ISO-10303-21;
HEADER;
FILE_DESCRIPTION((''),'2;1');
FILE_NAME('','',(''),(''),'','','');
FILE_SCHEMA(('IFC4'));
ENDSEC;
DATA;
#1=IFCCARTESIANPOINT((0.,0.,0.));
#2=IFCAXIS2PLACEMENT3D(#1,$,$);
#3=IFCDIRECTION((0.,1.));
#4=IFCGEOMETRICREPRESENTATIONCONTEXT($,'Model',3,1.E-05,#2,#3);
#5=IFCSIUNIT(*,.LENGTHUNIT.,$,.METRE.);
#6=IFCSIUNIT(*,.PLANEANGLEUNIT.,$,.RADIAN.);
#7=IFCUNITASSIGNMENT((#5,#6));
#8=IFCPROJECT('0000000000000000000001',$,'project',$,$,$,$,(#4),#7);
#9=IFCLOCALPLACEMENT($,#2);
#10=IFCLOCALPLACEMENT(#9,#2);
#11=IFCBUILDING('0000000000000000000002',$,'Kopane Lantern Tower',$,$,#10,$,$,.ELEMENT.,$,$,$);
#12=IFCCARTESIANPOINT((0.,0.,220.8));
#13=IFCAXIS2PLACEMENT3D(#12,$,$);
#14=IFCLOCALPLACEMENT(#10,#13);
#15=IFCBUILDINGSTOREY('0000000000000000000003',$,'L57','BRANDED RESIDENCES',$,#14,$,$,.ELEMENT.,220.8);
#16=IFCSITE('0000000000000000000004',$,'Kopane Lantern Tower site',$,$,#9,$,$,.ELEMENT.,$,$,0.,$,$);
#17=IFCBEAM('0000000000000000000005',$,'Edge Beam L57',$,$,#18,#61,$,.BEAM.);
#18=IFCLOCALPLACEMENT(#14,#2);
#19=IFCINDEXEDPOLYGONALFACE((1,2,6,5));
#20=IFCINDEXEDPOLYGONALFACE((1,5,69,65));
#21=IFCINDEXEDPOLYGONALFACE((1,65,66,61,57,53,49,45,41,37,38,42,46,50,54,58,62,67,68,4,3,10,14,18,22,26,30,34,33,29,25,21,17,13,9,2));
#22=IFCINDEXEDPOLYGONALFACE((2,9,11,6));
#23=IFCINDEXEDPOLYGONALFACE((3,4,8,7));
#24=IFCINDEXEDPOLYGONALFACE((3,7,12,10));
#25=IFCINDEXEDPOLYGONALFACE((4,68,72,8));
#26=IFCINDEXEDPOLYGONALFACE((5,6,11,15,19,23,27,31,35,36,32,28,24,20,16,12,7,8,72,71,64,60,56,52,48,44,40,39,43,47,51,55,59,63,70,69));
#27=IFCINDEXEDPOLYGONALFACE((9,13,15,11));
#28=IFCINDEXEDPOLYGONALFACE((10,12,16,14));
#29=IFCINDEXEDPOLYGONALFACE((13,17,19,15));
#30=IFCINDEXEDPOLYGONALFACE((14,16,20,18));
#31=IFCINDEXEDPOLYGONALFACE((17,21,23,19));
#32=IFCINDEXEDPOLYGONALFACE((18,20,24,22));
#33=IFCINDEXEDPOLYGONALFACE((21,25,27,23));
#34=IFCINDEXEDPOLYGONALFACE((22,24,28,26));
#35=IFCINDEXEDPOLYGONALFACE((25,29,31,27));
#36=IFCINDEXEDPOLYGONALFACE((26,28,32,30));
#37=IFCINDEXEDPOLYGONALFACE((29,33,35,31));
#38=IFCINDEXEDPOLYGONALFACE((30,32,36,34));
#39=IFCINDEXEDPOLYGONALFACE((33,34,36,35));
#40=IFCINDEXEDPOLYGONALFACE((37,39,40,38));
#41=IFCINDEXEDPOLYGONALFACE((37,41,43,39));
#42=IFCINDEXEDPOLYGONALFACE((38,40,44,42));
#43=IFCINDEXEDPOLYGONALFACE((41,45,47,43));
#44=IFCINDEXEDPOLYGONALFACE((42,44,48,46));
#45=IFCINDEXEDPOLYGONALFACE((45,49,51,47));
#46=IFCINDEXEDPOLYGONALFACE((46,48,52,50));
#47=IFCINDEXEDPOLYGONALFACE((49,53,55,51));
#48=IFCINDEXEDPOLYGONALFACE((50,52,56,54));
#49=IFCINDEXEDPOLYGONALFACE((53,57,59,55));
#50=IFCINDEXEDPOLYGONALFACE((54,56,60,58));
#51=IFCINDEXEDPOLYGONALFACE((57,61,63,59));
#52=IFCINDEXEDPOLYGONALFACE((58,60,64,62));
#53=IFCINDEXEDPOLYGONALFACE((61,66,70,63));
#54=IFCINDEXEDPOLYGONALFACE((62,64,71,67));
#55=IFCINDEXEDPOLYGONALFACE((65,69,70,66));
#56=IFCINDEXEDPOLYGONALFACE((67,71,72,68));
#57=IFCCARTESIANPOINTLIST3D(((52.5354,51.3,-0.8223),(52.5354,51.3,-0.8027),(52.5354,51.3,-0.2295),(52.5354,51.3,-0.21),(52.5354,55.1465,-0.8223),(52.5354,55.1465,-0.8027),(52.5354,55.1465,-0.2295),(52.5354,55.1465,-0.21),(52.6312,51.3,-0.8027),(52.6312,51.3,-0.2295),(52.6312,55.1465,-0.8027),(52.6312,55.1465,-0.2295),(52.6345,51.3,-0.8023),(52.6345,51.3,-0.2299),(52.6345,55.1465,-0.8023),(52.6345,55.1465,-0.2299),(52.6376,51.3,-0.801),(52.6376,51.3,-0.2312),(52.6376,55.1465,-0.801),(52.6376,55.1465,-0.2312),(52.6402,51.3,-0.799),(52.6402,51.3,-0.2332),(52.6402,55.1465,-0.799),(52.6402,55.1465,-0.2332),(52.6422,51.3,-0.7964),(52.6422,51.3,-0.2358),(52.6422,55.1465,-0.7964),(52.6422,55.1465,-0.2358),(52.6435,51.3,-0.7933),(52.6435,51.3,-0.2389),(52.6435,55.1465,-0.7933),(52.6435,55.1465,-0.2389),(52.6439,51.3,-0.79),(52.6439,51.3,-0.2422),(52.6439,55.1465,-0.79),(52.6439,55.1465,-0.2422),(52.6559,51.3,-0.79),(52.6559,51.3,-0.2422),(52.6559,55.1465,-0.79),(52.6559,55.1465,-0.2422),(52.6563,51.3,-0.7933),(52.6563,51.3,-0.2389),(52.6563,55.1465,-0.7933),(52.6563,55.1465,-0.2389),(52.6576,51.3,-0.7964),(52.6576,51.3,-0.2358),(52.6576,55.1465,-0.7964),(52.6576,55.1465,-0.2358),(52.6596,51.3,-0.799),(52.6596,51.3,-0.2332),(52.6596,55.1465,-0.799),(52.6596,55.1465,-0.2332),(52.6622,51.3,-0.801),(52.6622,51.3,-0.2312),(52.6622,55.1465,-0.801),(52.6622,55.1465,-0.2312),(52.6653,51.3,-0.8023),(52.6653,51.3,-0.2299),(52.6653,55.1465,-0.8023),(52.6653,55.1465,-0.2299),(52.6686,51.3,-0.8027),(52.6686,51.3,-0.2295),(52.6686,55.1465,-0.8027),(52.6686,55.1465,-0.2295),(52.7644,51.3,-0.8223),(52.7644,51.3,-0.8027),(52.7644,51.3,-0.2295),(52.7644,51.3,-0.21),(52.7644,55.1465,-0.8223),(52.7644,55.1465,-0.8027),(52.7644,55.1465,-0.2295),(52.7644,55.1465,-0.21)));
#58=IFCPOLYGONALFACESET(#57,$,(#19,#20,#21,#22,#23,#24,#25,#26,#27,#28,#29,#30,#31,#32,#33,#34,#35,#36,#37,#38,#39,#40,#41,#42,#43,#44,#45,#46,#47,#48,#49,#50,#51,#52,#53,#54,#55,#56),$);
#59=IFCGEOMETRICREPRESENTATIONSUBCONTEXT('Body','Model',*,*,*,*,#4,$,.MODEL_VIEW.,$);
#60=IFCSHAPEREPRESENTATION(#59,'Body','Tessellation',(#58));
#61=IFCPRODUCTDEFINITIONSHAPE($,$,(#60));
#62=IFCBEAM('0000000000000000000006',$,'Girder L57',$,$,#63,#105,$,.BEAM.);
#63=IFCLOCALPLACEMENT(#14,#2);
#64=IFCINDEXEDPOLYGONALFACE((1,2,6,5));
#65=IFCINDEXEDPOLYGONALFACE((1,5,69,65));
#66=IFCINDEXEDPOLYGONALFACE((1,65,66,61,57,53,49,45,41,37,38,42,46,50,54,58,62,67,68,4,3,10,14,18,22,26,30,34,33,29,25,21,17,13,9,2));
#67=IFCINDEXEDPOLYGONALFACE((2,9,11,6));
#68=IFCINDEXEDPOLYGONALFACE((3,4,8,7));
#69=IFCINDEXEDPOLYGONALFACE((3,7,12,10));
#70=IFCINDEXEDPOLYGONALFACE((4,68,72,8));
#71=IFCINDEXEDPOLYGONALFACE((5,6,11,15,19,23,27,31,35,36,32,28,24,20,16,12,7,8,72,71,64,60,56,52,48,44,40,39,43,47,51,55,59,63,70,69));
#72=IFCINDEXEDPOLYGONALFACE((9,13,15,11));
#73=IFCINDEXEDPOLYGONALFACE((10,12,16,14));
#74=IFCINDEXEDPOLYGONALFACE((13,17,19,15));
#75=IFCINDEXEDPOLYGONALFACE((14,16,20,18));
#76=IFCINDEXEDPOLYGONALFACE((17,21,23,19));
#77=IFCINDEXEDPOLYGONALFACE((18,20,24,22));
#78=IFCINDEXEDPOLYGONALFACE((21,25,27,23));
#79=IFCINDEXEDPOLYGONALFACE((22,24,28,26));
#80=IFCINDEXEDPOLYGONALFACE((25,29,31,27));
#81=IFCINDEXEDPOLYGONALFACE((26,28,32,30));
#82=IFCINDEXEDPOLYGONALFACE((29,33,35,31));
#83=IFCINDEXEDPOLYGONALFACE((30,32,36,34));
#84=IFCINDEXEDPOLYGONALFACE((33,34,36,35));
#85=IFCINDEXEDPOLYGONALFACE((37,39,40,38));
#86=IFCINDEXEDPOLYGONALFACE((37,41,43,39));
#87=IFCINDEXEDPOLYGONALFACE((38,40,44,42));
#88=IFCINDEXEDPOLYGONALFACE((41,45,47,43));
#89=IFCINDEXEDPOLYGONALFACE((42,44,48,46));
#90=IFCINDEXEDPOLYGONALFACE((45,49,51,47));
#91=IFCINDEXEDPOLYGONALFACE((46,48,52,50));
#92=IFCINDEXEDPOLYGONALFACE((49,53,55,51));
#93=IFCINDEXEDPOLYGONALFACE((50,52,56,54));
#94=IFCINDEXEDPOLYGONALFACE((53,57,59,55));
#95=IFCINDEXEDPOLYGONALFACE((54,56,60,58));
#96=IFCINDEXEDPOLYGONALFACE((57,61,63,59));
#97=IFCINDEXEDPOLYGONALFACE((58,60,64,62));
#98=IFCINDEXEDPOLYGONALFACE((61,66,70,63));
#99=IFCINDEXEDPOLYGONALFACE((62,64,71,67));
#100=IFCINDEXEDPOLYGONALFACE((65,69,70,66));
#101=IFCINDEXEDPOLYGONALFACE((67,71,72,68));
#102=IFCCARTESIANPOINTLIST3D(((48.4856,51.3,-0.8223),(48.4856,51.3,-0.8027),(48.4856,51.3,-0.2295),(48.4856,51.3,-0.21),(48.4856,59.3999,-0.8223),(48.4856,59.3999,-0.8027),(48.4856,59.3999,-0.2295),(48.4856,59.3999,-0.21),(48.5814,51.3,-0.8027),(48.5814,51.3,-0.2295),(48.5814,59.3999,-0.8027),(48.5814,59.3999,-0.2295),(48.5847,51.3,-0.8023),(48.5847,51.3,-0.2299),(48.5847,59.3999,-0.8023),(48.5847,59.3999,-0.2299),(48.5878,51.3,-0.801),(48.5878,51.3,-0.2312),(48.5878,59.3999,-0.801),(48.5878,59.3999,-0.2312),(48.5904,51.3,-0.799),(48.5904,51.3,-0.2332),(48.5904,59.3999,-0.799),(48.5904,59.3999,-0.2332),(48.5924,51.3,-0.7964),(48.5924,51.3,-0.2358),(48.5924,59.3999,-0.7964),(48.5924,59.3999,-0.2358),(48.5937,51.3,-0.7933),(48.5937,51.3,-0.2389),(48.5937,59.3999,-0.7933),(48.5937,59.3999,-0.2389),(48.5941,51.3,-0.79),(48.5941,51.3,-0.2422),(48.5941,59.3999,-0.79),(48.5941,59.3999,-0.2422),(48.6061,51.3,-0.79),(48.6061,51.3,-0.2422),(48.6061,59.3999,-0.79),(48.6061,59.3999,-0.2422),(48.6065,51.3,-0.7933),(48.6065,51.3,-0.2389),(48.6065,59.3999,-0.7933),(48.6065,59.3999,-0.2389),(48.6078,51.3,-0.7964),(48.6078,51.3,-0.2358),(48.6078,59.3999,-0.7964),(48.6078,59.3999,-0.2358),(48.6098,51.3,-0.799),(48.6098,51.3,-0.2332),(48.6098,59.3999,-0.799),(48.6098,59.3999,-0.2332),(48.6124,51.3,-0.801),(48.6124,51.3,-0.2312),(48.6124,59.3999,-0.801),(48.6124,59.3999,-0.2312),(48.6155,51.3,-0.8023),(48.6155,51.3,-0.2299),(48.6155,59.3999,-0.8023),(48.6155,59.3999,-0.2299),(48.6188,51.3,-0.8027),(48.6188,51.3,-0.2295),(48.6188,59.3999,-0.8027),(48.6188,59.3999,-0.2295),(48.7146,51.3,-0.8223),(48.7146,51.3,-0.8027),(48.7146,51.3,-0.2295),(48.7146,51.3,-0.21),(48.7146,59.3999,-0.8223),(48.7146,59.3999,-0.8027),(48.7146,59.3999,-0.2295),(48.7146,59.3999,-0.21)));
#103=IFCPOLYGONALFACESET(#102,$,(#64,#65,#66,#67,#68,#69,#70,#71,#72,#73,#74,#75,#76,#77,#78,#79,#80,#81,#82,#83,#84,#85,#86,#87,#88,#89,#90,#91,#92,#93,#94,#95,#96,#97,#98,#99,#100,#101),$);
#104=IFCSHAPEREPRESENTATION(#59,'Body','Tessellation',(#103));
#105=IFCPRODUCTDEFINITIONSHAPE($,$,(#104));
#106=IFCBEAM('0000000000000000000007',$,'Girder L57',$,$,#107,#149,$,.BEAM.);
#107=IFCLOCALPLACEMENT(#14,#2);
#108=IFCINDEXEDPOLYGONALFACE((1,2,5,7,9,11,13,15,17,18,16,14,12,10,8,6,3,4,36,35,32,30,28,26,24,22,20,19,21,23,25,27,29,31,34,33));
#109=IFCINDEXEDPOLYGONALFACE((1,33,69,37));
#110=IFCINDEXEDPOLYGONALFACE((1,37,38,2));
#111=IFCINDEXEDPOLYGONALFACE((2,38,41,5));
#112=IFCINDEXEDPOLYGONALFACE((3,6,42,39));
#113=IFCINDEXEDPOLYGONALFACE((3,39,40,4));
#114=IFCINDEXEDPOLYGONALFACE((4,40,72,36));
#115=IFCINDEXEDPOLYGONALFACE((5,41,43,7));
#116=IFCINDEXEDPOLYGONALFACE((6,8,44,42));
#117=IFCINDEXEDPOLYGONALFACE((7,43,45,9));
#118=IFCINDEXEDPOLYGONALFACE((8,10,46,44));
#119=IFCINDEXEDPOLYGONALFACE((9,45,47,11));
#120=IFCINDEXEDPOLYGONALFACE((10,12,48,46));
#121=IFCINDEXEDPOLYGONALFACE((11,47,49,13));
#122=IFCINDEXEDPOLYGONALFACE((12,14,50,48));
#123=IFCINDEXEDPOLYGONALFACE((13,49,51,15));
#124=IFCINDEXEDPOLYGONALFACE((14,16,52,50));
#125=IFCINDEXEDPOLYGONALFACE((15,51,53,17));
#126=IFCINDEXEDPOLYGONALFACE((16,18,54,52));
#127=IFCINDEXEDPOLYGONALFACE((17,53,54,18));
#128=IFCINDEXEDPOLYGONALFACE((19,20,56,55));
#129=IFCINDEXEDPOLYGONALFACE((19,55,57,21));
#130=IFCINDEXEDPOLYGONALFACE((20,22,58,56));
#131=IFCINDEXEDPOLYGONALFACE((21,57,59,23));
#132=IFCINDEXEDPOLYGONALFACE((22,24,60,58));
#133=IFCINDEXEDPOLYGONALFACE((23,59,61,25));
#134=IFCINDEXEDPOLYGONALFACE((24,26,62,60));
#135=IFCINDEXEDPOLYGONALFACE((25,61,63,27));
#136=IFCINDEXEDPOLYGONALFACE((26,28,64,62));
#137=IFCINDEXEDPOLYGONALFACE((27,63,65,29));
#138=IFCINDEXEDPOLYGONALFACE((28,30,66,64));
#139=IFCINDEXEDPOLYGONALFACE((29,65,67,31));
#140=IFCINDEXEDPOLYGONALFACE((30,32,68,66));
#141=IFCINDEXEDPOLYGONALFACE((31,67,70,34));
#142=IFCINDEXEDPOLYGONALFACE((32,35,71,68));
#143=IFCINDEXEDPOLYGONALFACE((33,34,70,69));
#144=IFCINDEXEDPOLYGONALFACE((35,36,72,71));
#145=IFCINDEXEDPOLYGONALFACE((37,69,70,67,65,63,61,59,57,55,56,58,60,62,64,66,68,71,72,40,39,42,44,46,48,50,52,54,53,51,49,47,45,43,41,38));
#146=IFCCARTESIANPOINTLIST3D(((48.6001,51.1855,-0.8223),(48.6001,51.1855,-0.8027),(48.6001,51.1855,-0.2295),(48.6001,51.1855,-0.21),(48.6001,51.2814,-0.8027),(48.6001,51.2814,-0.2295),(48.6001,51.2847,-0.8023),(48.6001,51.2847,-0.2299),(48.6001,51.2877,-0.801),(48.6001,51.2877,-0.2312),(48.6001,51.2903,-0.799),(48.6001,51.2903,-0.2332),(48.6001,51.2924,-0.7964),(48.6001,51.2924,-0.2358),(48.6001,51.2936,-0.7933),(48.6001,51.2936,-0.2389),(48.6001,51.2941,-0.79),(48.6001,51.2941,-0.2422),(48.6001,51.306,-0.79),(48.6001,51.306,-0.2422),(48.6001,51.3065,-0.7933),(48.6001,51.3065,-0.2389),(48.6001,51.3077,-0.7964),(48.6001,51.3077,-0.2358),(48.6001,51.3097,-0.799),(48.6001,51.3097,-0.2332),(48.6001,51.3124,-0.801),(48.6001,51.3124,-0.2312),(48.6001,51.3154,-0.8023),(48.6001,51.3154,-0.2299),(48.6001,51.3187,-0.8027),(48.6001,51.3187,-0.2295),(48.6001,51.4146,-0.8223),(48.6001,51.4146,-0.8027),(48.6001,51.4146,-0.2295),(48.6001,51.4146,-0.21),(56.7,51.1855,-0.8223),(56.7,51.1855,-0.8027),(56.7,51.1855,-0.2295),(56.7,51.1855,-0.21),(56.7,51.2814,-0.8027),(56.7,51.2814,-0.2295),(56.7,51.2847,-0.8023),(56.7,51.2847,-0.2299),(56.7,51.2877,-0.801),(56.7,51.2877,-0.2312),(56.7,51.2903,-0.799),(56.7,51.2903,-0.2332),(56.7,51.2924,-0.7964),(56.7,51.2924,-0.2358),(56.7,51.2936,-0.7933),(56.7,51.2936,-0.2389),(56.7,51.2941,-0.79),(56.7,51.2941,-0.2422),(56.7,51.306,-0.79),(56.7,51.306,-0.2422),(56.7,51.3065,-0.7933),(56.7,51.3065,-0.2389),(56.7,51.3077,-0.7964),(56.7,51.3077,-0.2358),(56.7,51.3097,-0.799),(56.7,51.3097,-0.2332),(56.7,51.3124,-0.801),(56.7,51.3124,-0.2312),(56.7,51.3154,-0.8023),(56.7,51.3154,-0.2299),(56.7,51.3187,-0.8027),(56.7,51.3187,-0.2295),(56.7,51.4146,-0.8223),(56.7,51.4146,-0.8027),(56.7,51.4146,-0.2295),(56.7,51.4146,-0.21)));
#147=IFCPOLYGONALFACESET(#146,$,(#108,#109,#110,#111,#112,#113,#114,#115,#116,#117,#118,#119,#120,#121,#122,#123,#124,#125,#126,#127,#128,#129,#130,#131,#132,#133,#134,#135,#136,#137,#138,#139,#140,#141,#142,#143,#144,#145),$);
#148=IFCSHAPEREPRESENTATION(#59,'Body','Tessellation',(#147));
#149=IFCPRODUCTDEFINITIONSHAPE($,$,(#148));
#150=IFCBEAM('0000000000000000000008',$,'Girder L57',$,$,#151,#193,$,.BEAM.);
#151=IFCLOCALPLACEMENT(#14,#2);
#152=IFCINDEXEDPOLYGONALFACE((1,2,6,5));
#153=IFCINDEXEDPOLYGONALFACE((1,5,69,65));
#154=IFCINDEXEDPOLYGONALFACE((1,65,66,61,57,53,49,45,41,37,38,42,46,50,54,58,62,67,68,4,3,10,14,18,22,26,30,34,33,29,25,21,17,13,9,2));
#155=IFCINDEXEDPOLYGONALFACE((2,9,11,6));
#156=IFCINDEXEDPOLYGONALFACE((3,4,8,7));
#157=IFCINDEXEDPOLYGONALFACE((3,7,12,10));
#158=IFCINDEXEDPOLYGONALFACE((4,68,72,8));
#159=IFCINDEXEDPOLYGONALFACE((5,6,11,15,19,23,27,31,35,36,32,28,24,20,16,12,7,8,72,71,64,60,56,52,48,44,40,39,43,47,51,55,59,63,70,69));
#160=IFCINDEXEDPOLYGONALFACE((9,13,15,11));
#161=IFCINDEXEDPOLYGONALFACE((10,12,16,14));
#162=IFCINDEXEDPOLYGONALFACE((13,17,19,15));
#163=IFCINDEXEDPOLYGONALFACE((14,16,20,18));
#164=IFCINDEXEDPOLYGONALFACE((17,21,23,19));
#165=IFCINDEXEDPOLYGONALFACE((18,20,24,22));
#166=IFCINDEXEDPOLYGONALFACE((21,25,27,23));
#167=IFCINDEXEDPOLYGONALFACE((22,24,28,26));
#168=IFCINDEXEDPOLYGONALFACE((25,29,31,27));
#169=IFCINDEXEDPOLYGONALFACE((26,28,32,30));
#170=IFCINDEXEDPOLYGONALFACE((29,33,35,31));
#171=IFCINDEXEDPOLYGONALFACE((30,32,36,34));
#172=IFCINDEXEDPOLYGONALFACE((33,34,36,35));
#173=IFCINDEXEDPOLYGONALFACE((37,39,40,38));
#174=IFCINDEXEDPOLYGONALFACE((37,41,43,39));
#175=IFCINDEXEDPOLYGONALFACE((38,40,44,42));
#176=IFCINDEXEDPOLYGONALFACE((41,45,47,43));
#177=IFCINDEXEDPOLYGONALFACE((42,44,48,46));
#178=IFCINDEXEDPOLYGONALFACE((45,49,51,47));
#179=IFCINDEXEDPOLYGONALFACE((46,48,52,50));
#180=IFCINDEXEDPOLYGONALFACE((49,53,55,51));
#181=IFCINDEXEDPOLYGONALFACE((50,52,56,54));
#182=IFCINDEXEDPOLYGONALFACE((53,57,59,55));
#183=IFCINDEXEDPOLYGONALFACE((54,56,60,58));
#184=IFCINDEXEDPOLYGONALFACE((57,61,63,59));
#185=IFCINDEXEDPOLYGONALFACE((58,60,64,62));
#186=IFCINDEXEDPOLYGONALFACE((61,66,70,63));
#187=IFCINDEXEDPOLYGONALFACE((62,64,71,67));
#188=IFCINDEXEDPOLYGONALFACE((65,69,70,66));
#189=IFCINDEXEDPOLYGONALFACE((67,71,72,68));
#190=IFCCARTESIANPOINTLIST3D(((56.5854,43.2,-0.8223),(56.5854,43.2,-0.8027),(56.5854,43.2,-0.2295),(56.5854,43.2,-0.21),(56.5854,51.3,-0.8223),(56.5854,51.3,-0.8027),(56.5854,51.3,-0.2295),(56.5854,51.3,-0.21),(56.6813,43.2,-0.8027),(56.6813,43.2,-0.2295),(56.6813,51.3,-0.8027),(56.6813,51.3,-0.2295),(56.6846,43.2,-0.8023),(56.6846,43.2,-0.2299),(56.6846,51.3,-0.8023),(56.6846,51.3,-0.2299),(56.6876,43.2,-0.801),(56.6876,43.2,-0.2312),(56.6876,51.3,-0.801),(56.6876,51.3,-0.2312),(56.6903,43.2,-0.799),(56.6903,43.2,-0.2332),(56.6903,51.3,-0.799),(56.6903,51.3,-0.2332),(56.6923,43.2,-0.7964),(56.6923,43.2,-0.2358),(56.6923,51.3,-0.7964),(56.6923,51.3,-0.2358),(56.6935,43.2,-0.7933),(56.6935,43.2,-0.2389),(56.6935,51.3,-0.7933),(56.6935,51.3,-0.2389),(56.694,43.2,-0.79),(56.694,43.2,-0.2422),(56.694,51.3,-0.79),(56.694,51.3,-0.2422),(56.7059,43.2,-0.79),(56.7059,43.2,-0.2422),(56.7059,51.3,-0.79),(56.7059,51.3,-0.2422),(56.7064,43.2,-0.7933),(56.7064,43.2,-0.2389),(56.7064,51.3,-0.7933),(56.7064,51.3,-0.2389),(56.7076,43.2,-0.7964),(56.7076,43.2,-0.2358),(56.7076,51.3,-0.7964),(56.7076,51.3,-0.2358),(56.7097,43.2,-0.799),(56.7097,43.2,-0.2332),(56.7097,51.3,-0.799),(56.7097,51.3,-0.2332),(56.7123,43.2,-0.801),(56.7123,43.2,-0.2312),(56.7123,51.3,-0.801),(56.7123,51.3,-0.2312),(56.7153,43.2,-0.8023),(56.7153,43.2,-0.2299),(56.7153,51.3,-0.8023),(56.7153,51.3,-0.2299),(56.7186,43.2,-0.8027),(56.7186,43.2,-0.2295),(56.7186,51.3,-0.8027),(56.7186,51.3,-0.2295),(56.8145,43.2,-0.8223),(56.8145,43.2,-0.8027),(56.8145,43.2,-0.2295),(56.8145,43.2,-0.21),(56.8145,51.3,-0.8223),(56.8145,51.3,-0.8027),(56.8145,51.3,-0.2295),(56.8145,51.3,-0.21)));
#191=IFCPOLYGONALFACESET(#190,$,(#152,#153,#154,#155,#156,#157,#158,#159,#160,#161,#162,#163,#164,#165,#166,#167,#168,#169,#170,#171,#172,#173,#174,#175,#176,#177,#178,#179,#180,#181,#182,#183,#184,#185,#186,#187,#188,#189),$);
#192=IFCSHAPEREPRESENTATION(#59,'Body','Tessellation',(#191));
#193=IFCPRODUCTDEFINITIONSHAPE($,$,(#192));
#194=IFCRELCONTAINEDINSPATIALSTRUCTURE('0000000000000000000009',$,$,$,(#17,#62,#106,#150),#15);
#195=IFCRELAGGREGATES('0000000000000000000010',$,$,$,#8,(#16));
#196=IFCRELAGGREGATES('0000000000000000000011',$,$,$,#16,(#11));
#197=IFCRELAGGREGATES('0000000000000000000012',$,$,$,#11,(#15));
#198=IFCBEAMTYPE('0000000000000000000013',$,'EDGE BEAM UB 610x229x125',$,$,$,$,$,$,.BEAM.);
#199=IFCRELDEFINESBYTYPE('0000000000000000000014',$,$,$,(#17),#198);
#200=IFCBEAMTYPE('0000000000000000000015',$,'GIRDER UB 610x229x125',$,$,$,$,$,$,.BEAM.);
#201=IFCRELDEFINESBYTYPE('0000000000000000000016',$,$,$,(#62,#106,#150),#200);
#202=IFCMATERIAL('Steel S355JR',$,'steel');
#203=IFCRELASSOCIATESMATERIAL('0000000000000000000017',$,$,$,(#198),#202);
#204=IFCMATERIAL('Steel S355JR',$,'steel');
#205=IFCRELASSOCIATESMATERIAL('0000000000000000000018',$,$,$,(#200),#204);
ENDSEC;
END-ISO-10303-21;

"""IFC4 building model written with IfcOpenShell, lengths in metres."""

from ifc_helpers import new_model, si_unit, direction, frame, origin, origin_2d, place, context, subcontext, project, spatial, i_section, extrude, material, material_profile, profile_set, type_object, element, save


model = new_model("IFC4")

# Units and contexts
model_context = context("Model", 3, precision=1e-05, world=origin(), true_north=direction((0.0, 1.0)))
body_context = subcontext(model_context, "Body", "Model", "MODEL_VIEW")
ifc_project = project(units=[si_unit("LENGTHUNIT", "METRE"), si_unit("PLANEANGLEUNIT", "RADIAN")], contexts=[model_context])

# Site, building, storey
site_placement = place(None, origin())
site = spatial("IfcSite", under=ifc_project, at=site_placement, Name="Kopane Lantern Tower site", CompositionType="ELEMENT", RefElevation=0.0)
building_placement = place(site_placement, origin())
building = spatial("IfcBuilding", under=site, at=building_placement, Name="Kopane Lantern Tower", CompositionType="ELEMENT")
storey_placement = place(building_placement, frame((0.0, 0.0, 220.8)))
storey = spatial("IfcBuildingStorey", under=building, at=storey_placement, Name="L57", Description="BRANDED RESIDENCES", CompositionType="ELEMENT", Elevation=220.8)

# Beams
ifc_material_1 = material(Name="Steel S355JR", Category="steel")
ifc_material_profile_1 = material_profile(ifc_material_1, i_section(OverallWidth=0.229, OverallDepth=0.6123, WebThickness=0.012, FlangeThickness=0.0195, FilletRadius=0.0127, at=origin_2d()), Name="UB 610x229x125")
ifc_profile_set_1 = profile_set([ifc_material_profile_1], Name="Steel S355JR")
beam_type_1 = type_object("IfcBeamType", Name="EDGE BEAM UB 610x229x125", PredefinedType="BEAM", material=ifc_profile_set_1)
for number, where, z_axis, x_axis, name in (
    (1, (52.6499, 55.1465, -0.5161), (0.0, -1.0, 0.0), (1.0, 0.0, 0.0), "Edge Beam L57"),
):
    element("IfcBeam", number, at=place(storey_placement, frame(where, z_axis=z_axis, x_axis=x_axis)), inside=storey, type_object=beam_type_1, Name=name, PredefinedType="BEAM", context=body_context, shape_type="SweptSolid", body=[
        extrude(i_section(OverallWidth=0.229, OverallDepth=0.6123, WebThickness=0.012, FlangeThickness=0.0195, FilletRadius=0.0127, at=origin_2d()), origin(), (0.0, 0.0, 1.0), 3.8464),
    ])
ifc_material_2 = material(Name="Steel S355JR", Category="steel")
ifc_material_profile_2 = material_profile(ifc_material_2, i_section(OverallWidth=0.229, OverallDepth=0.6123, WebThickness=0.012, FlangeThickness=0.0195, FilletRadius=0.0127, at=origin_2d()), Name="UB 610x229x125")
ifc_profile_set_2 = profile_set([ifc_material_profile_2], Name="Steel S355JR")
beam_type_2 = type_object("IfcBeamType", Name="GIRDER UB 610x229x125", PredefinedType="BEAM", material=ifc_profile_set_2)
for number, where, z_axis, x_axis, name in (
    (2, (48.6001, 51.3, -0.5161), (0.0, 1.0, 0.0), (-1.0, 0.0, 0.0), "Girder L57"),
    (3, (48.6001, 51.3, -0.5161), (1.0, 0.0, 0.0), (0.0, 1.0, 0.0), "Girder L57"),
):
    element("IfcBeam", number, at=place(storey_placement, frame(where, z_axis=z_axis, x_axis=x_axis)), inside=storey, type_object=beam_type_2, Name=name, PredefinedType="BEAM", context=body_context, shape_type="SweptSolid", body=[
        extrude(i_section(OverallWidth=0.229, OverallDepth=0.6123, WebThickness=0.012, FlangeThickness=0.0195, FilletRadius=0.0127, at=origin_2d()), origin(), (0.0, 0.0, 1.0), 8.0999),
    ])
beam_1_placement = place(storey_placement, frame((56.7, 43.2, -0.5161), z_axis=(0.0, 1.0, 0.0), x_axis=(-1.0, 0.0, 0.0)))
element("IfcBeam", 4, at=beam_1_placement, inside=storey, type_object=beam_type_2, Name="Girder L57", PredefinedType="BEAM", context=body_context, shape_type="SweptSolid", body=[
    extrude(i_section(OverallWidth=0.229, OverallDepth=0.6123, WebThickness=0.012, FlangeThickness=0.0195, FilletRadius=0.0127, at=origin_2d()), origin(), (0.0, 0.0, 1.0), 8.1001),
])

save(model, "model.ifc")
